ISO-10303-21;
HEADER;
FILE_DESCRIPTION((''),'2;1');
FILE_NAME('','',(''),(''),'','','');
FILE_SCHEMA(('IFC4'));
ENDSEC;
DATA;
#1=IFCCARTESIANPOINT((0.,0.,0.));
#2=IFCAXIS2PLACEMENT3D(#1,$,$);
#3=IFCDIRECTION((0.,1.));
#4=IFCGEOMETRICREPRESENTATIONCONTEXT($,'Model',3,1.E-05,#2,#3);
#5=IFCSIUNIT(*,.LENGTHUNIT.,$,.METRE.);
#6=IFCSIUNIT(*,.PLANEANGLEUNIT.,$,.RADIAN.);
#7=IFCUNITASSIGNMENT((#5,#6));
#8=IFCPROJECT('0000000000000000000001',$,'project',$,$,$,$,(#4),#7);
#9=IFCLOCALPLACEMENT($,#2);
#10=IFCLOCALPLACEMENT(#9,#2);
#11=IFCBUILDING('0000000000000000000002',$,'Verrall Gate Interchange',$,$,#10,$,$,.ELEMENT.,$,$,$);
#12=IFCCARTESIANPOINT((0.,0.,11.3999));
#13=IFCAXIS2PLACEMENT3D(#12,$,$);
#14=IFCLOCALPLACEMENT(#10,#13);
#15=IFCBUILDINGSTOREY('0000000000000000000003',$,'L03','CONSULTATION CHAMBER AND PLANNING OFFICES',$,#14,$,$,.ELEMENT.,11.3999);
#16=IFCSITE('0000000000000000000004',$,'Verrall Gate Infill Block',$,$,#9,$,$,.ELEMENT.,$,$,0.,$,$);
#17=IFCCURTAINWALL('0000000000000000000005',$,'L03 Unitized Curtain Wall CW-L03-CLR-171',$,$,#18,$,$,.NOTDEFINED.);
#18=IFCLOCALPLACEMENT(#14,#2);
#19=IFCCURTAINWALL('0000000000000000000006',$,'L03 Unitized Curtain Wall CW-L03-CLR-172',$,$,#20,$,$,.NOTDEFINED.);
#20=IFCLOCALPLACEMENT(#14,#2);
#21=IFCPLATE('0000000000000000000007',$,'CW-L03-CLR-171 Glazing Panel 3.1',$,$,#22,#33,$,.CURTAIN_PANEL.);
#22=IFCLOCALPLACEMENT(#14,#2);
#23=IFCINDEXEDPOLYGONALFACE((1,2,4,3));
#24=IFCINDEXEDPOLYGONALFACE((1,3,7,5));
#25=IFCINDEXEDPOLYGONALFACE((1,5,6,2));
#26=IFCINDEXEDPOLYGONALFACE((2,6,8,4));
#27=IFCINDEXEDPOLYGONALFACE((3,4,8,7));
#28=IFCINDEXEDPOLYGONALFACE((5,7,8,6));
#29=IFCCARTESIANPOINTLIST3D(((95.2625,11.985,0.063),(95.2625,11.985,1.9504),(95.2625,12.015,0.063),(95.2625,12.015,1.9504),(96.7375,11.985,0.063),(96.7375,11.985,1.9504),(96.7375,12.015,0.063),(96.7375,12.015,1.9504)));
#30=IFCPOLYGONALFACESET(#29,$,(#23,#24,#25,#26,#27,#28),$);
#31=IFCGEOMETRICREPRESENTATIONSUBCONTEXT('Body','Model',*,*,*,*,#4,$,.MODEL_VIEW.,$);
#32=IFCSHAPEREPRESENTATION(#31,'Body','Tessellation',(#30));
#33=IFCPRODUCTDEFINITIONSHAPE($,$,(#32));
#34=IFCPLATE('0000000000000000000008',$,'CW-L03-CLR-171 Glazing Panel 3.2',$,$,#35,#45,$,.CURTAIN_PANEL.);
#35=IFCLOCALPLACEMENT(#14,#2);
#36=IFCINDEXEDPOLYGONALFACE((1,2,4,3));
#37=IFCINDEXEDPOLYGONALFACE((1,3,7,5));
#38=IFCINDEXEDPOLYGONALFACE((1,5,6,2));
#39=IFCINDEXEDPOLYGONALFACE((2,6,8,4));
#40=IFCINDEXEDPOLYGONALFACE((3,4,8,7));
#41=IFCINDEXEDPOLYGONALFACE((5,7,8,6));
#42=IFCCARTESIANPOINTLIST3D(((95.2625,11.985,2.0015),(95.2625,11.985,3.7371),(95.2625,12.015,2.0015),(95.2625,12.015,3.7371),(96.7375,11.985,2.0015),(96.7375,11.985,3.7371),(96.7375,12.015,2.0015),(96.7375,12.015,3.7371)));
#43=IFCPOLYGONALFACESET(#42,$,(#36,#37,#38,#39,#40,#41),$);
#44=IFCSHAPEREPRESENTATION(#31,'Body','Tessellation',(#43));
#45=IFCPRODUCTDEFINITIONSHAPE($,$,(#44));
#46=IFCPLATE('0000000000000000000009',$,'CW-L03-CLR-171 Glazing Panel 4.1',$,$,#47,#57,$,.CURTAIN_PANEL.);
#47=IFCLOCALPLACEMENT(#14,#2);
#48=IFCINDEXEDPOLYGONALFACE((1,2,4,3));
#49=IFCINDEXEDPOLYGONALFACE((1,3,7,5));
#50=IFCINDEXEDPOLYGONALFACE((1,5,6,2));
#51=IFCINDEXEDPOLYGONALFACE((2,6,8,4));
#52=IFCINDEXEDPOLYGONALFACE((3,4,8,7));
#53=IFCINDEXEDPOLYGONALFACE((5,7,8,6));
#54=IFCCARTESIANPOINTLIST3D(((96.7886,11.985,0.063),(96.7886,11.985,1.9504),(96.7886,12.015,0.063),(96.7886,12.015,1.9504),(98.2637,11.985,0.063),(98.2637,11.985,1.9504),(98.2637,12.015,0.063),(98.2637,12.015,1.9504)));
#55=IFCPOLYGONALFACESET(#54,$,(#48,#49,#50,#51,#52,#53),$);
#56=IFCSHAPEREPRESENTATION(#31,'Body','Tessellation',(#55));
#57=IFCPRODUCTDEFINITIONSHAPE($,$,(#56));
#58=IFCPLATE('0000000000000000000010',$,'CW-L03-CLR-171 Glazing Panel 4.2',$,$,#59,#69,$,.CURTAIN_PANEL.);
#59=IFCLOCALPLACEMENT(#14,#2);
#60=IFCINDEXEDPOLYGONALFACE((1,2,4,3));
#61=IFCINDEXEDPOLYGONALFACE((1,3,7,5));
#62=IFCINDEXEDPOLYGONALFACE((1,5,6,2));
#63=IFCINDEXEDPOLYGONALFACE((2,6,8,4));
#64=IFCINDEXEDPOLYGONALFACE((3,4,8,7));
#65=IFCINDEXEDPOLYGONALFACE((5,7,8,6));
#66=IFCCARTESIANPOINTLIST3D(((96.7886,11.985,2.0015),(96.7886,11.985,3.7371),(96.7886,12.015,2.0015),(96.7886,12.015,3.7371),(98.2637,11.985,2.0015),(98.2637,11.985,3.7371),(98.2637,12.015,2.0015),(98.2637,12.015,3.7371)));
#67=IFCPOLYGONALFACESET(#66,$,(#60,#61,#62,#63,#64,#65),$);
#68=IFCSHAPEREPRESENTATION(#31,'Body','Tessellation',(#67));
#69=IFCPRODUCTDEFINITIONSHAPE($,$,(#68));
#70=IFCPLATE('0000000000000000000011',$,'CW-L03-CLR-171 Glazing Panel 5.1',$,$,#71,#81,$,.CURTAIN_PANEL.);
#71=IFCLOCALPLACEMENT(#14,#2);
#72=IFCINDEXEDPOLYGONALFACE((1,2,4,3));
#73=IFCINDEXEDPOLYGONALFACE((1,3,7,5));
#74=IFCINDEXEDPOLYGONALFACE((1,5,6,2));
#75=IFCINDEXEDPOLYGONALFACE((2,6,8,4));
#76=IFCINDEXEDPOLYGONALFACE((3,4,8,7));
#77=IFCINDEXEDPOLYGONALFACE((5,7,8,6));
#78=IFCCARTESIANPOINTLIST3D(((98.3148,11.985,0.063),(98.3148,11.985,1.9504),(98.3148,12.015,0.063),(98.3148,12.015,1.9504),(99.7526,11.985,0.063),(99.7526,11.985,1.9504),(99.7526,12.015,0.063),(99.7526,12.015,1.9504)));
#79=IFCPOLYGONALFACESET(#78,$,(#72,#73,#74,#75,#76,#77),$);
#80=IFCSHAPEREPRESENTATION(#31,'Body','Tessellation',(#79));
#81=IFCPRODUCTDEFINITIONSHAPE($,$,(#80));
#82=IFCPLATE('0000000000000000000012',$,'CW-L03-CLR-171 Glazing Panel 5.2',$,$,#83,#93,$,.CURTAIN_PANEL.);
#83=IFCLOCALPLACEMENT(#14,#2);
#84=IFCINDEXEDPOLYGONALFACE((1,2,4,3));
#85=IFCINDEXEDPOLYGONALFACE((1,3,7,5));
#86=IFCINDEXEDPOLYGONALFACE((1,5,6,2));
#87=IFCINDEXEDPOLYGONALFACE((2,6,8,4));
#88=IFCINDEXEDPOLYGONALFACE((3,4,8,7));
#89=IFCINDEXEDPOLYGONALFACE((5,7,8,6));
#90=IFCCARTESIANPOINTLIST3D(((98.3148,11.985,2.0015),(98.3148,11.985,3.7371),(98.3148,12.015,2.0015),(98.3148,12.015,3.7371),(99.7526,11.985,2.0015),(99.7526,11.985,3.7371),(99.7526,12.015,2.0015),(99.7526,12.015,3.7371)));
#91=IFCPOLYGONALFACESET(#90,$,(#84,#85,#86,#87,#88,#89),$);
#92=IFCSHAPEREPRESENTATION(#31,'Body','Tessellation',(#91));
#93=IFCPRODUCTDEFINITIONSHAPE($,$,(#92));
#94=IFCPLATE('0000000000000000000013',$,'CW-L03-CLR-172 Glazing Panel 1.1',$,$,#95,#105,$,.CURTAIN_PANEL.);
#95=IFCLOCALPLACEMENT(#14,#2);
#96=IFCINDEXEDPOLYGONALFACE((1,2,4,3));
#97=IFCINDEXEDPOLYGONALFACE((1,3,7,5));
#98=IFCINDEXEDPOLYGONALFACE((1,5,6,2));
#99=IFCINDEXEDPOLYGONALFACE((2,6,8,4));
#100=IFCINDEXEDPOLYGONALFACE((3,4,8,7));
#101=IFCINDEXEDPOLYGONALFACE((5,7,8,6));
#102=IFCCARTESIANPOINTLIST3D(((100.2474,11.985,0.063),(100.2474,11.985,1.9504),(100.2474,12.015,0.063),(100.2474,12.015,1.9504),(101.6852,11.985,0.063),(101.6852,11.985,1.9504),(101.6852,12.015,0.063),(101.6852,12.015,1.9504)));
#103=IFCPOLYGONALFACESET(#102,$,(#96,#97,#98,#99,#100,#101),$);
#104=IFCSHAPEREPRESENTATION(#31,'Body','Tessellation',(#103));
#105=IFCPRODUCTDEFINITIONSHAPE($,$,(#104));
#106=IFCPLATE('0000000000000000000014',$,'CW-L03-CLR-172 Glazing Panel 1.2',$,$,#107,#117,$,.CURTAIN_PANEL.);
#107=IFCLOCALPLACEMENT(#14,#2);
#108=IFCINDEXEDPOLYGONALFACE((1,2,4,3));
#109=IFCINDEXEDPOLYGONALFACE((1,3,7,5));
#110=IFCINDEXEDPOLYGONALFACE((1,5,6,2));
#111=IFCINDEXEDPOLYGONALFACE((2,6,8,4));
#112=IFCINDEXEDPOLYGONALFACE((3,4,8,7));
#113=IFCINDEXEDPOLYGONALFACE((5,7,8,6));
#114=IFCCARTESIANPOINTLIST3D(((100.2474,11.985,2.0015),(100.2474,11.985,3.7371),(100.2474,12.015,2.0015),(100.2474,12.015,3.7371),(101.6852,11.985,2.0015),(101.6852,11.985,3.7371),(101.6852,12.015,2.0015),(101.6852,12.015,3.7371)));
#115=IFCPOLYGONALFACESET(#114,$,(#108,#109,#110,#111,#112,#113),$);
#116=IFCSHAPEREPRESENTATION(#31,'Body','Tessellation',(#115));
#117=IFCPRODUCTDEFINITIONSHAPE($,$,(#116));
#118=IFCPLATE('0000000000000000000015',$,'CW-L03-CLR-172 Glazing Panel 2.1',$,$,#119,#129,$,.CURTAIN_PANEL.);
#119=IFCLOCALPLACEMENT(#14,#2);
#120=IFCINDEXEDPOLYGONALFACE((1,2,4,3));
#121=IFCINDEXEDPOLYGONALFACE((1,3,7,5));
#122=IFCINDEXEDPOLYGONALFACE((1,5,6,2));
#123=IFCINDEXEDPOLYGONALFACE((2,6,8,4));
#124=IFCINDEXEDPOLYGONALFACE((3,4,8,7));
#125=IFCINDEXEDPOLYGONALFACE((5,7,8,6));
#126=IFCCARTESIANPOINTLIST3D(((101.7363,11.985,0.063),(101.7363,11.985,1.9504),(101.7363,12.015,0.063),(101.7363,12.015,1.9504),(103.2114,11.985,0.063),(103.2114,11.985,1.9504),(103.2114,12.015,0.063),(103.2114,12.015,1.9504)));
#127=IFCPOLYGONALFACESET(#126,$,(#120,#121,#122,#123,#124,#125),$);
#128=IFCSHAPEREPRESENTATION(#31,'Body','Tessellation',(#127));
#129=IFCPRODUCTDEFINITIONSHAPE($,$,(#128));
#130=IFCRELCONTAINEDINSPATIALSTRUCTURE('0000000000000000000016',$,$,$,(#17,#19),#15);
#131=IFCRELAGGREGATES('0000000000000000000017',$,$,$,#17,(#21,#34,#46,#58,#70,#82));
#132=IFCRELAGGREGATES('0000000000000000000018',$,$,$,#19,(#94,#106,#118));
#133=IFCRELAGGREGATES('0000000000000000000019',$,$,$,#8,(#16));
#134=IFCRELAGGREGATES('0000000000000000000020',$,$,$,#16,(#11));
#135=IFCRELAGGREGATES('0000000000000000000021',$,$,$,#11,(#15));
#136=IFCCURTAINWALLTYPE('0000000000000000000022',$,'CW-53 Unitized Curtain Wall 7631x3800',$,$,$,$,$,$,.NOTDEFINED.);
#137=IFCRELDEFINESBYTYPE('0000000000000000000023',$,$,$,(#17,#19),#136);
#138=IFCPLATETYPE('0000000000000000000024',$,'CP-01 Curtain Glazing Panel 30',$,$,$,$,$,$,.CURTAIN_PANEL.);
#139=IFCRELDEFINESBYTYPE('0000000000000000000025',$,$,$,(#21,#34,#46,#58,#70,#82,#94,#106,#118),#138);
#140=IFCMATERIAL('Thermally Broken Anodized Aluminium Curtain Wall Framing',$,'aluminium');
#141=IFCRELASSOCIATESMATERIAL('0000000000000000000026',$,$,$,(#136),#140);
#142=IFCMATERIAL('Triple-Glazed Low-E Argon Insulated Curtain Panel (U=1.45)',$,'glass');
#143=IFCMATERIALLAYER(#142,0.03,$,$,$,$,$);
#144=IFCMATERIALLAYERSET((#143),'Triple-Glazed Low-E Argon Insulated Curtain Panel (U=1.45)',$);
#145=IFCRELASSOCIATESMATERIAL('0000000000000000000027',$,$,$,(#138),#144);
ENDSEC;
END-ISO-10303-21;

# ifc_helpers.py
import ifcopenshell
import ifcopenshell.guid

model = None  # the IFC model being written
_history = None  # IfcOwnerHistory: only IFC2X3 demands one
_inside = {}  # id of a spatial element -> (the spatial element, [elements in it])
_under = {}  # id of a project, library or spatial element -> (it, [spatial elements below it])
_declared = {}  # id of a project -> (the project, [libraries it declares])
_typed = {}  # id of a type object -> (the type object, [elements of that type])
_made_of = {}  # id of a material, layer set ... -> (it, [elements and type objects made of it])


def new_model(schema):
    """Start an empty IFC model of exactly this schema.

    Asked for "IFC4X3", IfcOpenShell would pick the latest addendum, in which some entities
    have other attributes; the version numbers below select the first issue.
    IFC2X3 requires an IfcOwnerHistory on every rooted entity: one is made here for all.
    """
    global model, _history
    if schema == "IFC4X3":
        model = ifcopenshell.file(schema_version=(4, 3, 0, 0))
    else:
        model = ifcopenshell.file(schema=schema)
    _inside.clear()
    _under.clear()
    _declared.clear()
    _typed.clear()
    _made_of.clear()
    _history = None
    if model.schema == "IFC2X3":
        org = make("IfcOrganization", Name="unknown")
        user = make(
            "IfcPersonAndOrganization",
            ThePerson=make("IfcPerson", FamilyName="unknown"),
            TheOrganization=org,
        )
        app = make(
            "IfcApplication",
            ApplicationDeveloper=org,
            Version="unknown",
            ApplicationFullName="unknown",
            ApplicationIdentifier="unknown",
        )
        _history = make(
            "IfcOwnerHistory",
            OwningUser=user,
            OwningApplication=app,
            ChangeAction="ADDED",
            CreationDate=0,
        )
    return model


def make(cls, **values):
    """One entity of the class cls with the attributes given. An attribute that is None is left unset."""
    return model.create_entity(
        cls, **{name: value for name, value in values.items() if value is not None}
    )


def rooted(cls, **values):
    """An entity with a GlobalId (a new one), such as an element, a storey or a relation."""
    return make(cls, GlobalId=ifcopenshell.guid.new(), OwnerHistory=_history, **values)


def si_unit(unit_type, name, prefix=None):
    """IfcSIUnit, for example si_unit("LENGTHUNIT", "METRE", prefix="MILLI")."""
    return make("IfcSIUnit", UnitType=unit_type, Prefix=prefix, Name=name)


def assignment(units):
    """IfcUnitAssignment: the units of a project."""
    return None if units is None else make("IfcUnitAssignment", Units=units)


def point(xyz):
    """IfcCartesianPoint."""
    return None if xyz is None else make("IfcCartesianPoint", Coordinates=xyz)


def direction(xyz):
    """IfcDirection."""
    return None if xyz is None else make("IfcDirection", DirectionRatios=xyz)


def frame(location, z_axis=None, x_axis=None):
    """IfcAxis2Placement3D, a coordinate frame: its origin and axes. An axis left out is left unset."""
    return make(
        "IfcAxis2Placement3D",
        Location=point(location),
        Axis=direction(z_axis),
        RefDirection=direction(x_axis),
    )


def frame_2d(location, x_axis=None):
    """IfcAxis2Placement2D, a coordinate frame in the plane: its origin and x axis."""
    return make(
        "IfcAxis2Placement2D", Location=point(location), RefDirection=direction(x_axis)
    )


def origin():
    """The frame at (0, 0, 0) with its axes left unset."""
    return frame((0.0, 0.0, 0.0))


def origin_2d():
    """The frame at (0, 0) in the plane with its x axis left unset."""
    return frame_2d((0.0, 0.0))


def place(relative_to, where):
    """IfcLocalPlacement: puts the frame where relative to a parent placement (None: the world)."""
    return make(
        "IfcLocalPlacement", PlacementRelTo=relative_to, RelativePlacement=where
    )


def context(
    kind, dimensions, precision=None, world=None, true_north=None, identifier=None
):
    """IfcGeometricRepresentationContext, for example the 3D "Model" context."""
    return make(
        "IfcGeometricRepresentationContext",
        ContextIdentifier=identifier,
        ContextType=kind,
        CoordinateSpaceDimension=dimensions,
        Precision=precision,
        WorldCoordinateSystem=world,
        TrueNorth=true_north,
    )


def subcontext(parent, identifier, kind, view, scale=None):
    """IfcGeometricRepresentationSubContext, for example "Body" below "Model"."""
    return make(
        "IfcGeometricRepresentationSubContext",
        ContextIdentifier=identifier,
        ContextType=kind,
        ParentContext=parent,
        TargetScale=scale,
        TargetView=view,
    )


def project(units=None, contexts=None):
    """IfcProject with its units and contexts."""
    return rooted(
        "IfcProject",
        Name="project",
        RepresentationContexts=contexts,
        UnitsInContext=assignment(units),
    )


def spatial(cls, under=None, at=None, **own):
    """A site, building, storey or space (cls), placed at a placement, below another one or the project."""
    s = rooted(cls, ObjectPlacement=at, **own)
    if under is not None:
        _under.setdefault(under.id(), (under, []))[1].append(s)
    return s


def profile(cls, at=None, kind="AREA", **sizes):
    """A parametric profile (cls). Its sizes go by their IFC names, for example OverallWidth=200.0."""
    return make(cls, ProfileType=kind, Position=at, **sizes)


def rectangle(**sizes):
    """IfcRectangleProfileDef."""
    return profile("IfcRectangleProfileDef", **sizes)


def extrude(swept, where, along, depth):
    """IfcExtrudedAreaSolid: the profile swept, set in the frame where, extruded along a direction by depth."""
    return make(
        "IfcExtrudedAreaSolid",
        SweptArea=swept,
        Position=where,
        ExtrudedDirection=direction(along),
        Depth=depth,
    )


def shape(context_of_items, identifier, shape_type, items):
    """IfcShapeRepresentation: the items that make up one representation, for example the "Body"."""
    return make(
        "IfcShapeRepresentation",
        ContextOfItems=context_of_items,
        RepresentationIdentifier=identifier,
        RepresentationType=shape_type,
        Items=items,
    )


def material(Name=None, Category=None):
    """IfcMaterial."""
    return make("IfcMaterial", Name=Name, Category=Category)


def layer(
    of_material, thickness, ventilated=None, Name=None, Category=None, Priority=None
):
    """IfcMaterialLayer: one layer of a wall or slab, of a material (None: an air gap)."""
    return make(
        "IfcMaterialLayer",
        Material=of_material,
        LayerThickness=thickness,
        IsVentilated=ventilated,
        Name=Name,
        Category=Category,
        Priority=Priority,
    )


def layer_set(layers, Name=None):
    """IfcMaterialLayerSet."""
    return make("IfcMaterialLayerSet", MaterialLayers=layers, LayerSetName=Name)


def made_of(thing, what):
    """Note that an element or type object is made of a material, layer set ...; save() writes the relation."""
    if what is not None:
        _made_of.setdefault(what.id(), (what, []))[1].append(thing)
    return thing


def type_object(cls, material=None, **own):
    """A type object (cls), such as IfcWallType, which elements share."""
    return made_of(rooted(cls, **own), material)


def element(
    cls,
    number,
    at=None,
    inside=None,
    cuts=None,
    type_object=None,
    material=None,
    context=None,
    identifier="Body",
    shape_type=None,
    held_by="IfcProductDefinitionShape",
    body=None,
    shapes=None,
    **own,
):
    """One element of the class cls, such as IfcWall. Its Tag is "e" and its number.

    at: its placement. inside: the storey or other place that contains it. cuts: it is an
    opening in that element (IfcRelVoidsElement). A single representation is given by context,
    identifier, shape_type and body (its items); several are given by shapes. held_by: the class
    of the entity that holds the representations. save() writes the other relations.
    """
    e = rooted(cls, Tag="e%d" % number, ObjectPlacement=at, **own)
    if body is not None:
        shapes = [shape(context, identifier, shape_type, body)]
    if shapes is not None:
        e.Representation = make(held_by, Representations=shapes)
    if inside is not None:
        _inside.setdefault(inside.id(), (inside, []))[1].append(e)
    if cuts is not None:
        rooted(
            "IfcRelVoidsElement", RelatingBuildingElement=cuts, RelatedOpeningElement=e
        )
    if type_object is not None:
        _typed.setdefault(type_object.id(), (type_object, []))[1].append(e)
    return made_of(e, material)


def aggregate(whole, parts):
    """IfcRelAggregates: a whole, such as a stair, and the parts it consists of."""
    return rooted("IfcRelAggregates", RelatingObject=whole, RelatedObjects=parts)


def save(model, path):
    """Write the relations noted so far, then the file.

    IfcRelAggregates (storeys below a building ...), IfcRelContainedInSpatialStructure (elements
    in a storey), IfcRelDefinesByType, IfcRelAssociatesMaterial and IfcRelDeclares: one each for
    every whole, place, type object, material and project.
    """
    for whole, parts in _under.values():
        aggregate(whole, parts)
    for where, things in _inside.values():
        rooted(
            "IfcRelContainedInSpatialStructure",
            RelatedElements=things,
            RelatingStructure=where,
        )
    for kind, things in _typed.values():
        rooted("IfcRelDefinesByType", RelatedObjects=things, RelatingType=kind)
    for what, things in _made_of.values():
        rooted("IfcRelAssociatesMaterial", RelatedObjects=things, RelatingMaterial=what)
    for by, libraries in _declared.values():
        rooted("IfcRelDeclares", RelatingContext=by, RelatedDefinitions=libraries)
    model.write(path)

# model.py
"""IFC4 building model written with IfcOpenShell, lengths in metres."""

from ifc_helpers import new_model, si_unit, direction, frame, origin, origin_2d, place, context, subcontext, project, spatial, rectangle, extrude, material, layer, layer_set, type_object, element, aggregate, save


model = new_model("IFC4")

# Units and contexts
model_context = context("Model", 3, precision=1e-05, world=origin(), true_north=direction((0.0, 1.0)))
body_context = subcontext(model_context, "Body", "Model", "MODEL_VIEW")
ifc_project = project(units=[si_unit("LENGTHUNIT", "METRE"), si_unit("PLANEANGLEUNIT", "RADIAN")], contexts=[model_context])

# Site, building, storey
site_placement = place(None, origin())
site = spatial("IfcSite", under=ifc_project, at=site_placement, Name="Verrall Gate Infill Block", CompositionType="ELEMENT", RefElevation=0.0)
building_placement = place(site_placement, origin())
building = spatial("IfcBuilding", under=site, at=building_placement, Name="Verrall Gate Interchange", CompositionType="ELEMENT")
storey_placement = place(building_placement, frame((0.0, 0.0, 11.3999)))
storey = spatial("IfcBuildingStorey", under=building, at=storey_placement, Name="L03", Description="CONSULTATION CHAMBER AND PLANNING OFFICES", CompositionType="ELEMENT", Elevation=11.3999)

# Curtain walls
ifc_material_1 = material(Name="Thermally Broken Anodized Aluminium Curtain Wall Framing", Category="aluminium")
curtain_wall_type = type_object("IfcCurtainWallType", Name="CW-53 Unitized Curtain Wall 7631x3800", PredefinedType="NOTDEFINED", material=ifc_material_1)
curtain_wall_1_placement = place(storey_placement, origin())
curtain_wall_1 = element("IfcCurtainWall", 1, at=curtain_wall_1_placement, inside=storey, type_object=curtain_wall_type, Name="L03 Unitized Curtain Wall CW-L03-CLR-171", PredefinedType="NOTDEFINED")
curtain_wall_2_placement = place(storey_placement, origin())
curtain_wall_2 = element("IfcCurtainWall", 2, at=curtain_wall_2_placement, inside=storey, type_object=curtain_wall_type, Name="L03 Unitized Curtain Wall CW-L03-CLR-172", PredefinedType="NOTDEFINED")

# Plates
ifc_material_2 = material(Name="Triple-Glazed Low-E Argon Insulated Curtain Panel (U=1.45)", Category="glass")
ifc_layer_1 = layer(ifc_material_2, 0.03)
ifc_layer_set_1 = layer_set([ifc_layer_1], Name="Triple-Glazed Low-E Argon Insulated Curtain Panel (U=1.45)")
plate_type_1 = type_object("IfcPlateType", Name="CP-01 Curtain Glazing Panel 30", PredefinedType="CURTAIN_PANEL", material=ifc_layer_set_1)
plate_1_placement = place(storey_placement, frame((96.0, 12.0, 0.063), z_axis=(0.0, 0.0, 1.0), x_axis=(1.0, 0.0, 0.0)))
plate_1 = element("IfcPlate", 3, at=plate_1_placement, type_object=plate_type_1, Name="CW-L03-CLR-171 Glazing Panel 3.1", PredefinedType="CURTAIN_PANEL", context=body_context, shape_type="SweptSolid", body=[
    extrude(rectangle(XDim=1.4751, YDim=0.03, at=origin_2d()), origin(), (0.0, 0.0, 1.0), 1.8875),
])
plate_2_placement = place(storey_placement, frame((96.0, 12.0, 2.0015), z_axis=(0.0, 0.0, 1.0), x_axis=(1.0, 0.0, 0.0)))
plate_2 = element("IfcPlate", 4, at=plate_2_placement, type_object=plate_type_1, Name="CW-L03-CLR-171 Glazing Panel 3.2", PredefinedType="CURTAIN_PANEL", context=body_context, shape_type="SweptSolid", body=[
    extrude(rectangle(XDim=1.4751, YDim=0.03, at=origin_2d()), origin(), (0.0, 0.0, 1.0), 1.7356),
])
plate_3_placement = place(storey_placement, frame((97.5261, 12.0, 0.063), z_axis=(0.0, 0.0, 1.0), x_axis=(1.0, 0.0, 0.0)))
plate_3 = element("IfcPlate", 5, at=plate_3_placement, type_object=plate_type_1, Name="CW-L03-CLR-171 Glazing Panel 4.1", PredefinedType="CURTAIN_PANEL", context=body_context, shape_type="SweptSolid", body=[
    extrude(rectangle(XDim=1.4751, YDim=0.03, at=origin_2d()), origin(), (0.0, 0.0, 1.0), 1.8875),
])
plate_4_placement = place(storey_placement, frame((97.5261, 12.0, 2.0015), z_axis=(0.0, 0.0, 1.0), x_axis=(1.0, 0.0, 0.0)))
plate_4 = element("IfcPlate", 6, at=plate_4_placement, type_object=plate_type_1, Name="CW-L03-CLR-171 Glazing Panel 4.2", PredefinedType="CURTAIN_PANEL", context=body_context, shape_type="SweptSolid", body=[
    extrude(rectangle(XDim=1.4751, YDim=0.03, at=origin_2d()), origin(), (0.0, 0.0, 1.0), 1.7356),
])
plate_5_placement = place(storey_placement, frame((99.0337, 12.0, 0.063), z_axis=(0.0, 0.0, 1.0), x_axis=(1.0, 0.0, 0.0)))
plate_5 = element("IfcPlate", 7, at=plate_5_placement, type_object=plate_type_1, Name="CW-L03-CLR-171 Glazing Panel 5.1", PredefinedType="CURTAIN_PANEL", context=body_context, shape_type="SweptSolid", body=[
    extrude(rectangle(XDim=1.4377, YDim=0.03, at=origin_2d()), origin(), (0.0, 0.0, 1.0), 1.8875),
])
plate_6_placement = place(storey_placement, frame((99.0337, 12.0, 2.0015), z_axis=(0.0, 0.0, 1.0), x_axis=(1.0, 0.0, 0.0)))
plate_6 = element("IfcPlate", 8, at=plate_6_placement, type_object=plate_type_1, Name="CW-L03-CLR-171 Glazing Panel 5.2", PredefinedType="CURTAIN_PANEL", context=body_context, shape_type="SweptSolid", body=[
    extrude(rectangle(XDim=1.4377, YDim=0.03, at=origin_2d()), origin(), (0.0, 0.0, 1.0), 1.7356),
])
aggregate(curtain_wall_1, [plate_1, plate_2, plate_3, plate_4, plate_5, plate_6])
plate_7_placement = place(storey_placement, frame((100.9663, 12.0, 0.063), z_axis=(0.0, 0.0, 1.0), x_axis=(1.0, 0.0, 0.0)))
plate_7 = element("IfcPlate", 9, at=plate_7_placement, type_object=plate_type_1, Name="CW-L03-CLR-172 Glazing Panel 1.1", PredefinedType="CURTAIN_PANEL", context=body_context, shape_type="SweptSolid", body=[
    extrude(rectangle(XDim=1.4377, YDim=0.03, at=origin_2d()), origin(), (0.0, 0.0, 1.0), 1.8875),
])
plate_8_placement = place(storey_placement, frame((100.9663, 12.0, 2.0015), z_axis=(0.0, 0.0, 1.0), x_axis=(1.0, 0.0, 0.0)))
plate_8 = element("IfcPlate", 10, at=plate_8_placement, type_object=plate_type_1, Name="CW-L03-CLR-172 Glazing Panel 1.2", PredefinedType="CURTAIN_PANEL", context=body_context, shape_type="SweptSolid", body=[
    extrude(rectangle(XDim=1.4377, YDim=0.03, at=origin_2d()), origin(), (0.0, 0.0, 1.0), 1.7356),
])
plate_9_placement = place(storey_placement, frame((102.4739, 12.0, 0.063), z_axis=(0.0, 0.0, 1.0), x_axis=(1.0, 0.0, 0.0)))
plate_9 = element("IfcPlate", 11, at=plate_9_placement, type_object=plate_type_1, Name="CW-L03-CLR-172 Glazing Panel 2.1", PredefinedType="CURTAIN_PANEL", context=body_context, shape_type="SweptSolid", body=[
    extrude(rectangle(XDim=1.4751, YDim=0.03, at=origin_2d()), origin(), (0.0, 0.0, 1.0), 1.8875),
])
aggregate(curtain_wall_2, [plate_7, plate_8, plate_9])

save(model, "model.ifc")
